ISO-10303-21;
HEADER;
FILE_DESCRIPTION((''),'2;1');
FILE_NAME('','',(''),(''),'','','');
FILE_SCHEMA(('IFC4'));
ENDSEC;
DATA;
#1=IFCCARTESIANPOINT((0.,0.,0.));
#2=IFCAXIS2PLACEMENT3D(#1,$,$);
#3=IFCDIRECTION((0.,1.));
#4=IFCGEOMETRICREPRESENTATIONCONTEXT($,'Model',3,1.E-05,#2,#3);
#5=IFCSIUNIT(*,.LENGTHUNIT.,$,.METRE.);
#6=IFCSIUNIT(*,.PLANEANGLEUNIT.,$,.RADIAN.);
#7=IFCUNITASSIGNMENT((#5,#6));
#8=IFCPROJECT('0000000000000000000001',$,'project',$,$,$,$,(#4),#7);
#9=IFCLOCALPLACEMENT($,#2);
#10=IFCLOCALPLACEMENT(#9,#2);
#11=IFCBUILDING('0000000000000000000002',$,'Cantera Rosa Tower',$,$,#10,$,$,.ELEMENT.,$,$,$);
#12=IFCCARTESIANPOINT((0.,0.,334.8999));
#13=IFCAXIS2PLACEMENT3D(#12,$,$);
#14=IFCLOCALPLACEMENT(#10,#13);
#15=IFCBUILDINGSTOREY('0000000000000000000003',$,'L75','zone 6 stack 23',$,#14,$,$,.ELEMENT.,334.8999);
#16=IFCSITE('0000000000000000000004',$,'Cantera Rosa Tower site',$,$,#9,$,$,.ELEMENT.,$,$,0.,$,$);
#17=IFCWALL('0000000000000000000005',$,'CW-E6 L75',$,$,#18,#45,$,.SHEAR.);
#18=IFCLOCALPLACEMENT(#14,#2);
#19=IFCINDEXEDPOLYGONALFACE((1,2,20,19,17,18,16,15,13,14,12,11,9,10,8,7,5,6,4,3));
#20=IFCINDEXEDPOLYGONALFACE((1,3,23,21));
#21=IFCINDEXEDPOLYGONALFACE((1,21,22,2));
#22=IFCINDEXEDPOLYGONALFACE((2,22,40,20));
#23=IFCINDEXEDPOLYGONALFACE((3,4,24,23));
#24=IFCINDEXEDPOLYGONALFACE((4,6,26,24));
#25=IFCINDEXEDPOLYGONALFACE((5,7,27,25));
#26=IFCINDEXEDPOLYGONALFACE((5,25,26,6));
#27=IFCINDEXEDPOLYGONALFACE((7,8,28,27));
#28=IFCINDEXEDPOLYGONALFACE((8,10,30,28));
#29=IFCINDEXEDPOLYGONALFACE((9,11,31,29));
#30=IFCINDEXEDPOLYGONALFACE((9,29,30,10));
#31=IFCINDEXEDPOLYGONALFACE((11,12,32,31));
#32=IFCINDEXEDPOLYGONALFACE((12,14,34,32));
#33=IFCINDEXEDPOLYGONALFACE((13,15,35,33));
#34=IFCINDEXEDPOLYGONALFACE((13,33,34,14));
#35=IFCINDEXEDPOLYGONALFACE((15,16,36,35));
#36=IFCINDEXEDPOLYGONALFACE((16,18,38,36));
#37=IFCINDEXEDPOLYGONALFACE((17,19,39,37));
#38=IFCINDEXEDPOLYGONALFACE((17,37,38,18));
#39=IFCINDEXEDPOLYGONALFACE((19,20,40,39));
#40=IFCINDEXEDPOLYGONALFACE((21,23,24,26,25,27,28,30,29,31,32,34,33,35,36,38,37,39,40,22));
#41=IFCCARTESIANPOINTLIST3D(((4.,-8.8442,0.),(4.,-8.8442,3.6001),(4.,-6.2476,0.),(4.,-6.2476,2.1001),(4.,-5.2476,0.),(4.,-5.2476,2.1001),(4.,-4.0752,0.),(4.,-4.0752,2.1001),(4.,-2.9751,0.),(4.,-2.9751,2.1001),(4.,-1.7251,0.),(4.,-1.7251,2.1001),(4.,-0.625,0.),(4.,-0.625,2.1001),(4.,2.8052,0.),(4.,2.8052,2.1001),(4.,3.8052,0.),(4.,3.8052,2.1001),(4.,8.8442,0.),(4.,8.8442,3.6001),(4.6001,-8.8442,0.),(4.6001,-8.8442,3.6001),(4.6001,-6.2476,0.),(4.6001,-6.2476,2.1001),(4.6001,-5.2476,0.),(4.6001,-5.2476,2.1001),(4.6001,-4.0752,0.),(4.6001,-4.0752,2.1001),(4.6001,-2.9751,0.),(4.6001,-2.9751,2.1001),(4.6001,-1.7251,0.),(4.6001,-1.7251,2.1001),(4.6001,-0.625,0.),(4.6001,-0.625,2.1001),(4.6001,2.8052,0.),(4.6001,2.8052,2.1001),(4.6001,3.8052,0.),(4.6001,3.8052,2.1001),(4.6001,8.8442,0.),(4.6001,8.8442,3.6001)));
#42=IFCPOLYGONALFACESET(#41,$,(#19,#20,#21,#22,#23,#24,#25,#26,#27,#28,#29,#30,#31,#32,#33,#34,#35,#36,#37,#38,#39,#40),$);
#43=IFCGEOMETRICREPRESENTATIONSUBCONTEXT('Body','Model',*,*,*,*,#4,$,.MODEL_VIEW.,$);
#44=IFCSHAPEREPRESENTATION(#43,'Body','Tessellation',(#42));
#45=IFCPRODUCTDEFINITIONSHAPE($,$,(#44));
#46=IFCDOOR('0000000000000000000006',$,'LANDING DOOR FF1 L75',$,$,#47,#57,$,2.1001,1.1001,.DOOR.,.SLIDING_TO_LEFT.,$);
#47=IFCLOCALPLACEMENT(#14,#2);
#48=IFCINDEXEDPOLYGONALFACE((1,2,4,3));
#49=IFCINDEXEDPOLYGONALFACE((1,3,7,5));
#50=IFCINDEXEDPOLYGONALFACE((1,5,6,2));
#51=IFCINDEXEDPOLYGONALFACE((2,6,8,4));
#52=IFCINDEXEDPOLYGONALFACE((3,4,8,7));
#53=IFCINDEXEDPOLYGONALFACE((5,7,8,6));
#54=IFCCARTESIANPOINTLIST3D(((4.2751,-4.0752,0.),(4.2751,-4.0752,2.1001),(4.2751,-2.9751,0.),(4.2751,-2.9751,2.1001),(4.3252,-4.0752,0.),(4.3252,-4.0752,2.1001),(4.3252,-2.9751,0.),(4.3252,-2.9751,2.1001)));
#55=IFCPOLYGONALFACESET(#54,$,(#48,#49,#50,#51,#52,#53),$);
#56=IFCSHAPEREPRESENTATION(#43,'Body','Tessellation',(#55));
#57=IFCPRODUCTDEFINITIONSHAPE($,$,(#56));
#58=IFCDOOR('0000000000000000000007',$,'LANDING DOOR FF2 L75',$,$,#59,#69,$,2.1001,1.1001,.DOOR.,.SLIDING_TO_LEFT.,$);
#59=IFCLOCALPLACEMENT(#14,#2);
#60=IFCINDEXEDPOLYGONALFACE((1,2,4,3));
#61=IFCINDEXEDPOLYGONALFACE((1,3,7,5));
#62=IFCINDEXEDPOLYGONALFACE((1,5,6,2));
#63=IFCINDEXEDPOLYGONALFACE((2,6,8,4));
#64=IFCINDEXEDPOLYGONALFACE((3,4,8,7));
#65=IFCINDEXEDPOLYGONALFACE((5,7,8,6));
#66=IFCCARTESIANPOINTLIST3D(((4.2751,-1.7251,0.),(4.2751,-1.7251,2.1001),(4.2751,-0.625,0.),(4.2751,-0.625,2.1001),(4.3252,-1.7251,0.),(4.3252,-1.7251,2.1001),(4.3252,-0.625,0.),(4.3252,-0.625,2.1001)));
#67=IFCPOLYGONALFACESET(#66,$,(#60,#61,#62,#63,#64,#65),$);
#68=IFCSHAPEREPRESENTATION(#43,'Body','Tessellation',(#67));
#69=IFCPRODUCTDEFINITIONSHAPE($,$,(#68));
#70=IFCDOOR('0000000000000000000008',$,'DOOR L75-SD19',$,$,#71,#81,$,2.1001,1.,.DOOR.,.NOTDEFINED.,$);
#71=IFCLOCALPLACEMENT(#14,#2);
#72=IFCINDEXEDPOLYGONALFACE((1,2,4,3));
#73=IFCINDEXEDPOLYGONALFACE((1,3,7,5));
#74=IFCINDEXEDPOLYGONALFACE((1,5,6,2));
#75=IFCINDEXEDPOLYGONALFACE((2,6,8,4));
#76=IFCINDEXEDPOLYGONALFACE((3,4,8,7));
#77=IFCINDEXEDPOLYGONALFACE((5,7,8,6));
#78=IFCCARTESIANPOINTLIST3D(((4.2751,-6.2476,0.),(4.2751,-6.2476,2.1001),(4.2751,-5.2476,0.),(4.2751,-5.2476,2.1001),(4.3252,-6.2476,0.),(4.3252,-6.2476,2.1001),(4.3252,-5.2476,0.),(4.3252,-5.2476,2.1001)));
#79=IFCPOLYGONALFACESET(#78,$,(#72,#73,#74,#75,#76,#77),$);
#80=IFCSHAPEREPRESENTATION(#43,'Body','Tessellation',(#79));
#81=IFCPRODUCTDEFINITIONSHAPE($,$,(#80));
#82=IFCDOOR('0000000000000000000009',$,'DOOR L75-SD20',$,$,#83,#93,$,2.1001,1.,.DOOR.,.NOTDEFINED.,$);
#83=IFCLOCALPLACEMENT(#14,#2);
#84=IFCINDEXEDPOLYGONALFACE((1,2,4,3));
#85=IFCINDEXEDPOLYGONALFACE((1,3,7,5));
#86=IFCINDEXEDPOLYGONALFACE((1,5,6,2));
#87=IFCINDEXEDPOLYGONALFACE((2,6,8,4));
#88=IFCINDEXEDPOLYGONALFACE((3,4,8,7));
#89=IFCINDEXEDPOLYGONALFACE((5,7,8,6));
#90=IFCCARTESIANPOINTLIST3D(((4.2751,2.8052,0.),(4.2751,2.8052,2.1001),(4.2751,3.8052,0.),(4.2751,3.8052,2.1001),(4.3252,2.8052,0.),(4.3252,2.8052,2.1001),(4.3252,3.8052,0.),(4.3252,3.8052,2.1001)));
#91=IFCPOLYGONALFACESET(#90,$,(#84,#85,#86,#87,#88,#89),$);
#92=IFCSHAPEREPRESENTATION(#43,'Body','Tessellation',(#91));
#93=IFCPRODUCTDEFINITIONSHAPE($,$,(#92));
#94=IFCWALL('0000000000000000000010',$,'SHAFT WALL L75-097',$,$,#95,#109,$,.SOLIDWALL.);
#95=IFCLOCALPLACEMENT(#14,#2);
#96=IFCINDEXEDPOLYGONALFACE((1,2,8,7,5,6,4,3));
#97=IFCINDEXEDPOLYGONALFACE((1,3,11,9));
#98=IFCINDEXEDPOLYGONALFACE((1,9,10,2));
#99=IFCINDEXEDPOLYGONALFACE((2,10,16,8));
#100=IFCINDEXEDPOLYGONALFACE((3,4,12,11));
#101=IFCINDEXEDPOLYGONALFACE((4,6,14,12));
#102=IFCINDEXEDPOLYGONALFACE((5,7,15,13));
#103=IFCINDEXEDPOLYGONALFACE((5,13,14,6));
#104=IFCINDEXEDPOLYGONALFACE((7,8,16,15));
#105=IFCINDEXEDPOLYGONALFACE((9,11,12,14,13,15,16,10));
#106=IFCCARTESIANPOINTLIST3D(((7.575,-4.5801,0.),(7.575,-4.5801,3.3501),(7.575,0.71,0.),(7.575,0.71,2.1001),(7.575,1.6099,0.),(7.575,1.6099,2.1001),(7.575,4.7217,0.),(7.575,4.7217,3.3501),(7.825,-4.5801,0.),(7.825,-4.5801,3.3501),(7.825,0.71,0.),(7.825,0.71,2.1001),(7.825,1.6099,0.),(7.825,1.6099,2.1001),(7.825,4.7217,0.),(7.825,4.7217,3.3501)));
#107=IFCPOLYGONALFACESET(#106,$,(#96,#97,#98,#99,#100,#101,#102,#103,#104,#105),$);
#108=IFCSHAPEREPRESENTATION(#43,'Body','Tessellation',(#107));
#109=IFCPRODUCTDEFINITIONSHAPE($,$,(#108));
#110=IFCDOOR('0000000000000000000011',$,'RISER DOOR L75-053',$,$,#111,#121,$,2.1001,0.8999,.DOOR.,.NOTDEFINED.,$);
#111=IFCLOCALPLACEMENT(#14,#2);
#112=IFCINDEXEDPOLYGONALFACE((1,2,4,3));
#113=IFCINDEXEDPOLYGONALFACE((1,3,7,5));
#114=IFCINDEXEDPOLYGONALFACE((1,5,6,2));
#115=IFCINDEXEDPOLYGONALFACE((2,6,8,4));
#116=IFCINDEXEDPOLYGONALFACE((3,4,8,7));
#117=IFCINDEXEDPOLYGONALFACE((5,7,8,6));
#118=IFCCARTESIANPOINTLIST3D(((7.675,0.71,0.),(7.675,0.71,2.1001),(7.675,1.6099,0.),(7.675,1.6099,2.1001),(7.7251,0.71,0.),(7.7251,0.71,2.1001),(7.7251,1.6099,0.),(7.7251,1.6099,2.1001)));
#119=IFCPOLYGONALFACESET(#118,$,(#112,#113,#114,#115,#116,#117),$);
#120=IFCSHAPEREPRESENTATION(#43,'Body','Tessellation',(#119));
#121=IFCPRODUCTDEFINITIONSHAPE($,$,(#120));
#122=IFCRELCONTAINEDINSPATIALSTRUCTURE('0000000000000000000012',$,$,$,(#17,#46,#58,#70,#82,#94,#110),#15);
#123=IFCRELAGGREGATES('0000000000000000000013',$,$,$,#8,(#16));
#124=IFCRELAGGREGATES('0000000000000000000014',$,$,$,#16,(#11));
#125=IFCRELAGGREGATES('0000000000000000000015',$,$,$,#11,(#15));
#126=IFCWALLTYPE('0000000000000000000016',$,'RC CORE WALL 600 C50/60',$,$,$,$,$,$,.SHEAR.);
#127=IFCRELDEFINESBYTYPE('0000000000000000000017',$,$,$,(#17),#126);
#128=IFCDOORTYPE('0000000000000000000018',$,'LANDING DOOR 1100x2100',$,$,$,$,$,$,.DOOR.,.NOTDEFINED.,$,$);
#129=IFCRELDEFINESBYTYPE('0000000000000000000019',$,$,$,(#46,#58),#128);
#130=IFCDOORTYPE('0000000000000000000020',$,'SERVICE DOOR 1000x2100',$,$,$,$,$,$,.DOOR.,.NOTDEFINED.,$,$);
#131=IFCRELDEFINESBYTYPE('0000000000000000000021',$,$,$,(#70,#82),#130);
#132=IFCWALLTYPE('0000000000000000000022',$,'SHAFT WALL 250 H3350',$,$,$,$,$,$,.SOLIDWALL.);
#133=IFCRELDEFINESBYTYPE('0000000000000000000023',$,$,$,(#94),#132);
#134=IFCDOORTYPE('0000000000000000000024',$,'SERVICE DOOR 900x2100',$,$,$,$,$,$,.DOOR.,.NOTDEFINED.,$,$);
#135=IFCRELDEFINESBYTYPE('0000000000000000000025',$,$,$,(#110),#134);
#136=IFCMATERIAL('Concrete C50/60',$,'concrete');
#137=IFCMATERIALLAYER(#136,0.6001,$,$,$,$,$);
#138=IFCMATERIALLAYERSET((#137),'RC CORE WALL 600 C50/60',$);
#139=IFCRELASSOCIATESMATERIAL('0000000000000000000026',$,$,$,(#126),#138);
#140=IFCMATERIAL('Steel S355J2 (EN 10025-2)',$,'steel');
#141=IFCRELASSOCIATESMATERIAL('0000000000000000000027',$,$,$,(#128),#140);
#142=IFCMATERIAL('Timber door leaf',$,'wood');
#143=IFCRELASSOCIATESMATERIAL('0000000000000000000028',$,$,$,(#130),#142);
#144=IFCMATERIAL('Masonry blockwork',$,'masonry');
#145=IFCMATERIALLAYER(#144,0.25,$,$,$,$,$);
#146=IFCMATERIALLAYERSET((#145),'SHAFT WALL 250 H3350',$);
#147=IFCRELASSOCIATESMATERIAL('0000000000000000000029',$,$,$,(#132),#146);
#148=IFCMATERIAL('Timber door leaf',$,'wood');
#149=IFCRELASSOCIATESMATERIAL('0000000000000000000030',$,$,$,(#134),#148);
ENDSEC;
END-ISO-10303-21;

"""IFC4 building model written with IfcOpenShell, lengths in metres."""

from ifc_helpers import new_model, si_unit, direction, frame, frame_2d, origin, place, context, subcontext, project, spatial, rectangle, extrude, material, layer, layer_set, type_object, element, fill, save


model = new_model("IFC4")

# Units and contexts
model_context = context("Model", 3, precision=1e-05, world=origin(), true_north=direction((0.0, 1.0)))
body_context = subcontext(model_context, "Body", "Model", "MODEL_VIEW")
ifc_project = project(units=[si_unit("LENGTHUNIT", "METRE"), si_unit("PLANEANGLEUNIT", "RADIAN")], contexts=[model_context])

# Site, building, storey
site_placement = place(None, origin())
site = spatial("IfcSite", under=ifc_project, at=site_placement, Name="Cantera Rosa Tower site", CompositionType="ELEMENT", RefElevation=0.0)
building_placement = place(site_placement, origin())
building = spatial("IfcBuilding", under=site, at=building_placement, Name="Cantera Rosa Tower", CompositionType="ELEMENT")
storey_placement = place(building_placement, frame((0.0, 0.0, 334.8999)))
storey = spatial("IfcBuildingStorey", under=building, at=storey_placement, Name="L75", Description="zone 6 stack 23", CompositionType="ELEMENT", Elevation=334.8999)

# Shared definitions
ifc_material_1 = material(Name="Concrete C50/60", Category="concrete")
ifc_layer_1 = layer(ifc_material_1, 0.6001)
ifc_layer_set_1 = layer_set([ifc_layer_1], Name="RC CORE WALL 600 C50/60")
wall_type_1 = type_object("IfcWallType", Name="RC CORE WALL 600 C50/60", PredefinedType="SHEAR", material=ifc_layer_set_1)

# Wall, openings, doors
wall_1_placement = place(storey_placement, frame((4.3, -8.8442, 0.0), z_axis=(0.0, 0.0, 1.0), x_axis=(0.0, 1.0, 0.0)))
wall_1 = element("IfcWall", 1, at=wall_1_placement, inside=storey, type_object=wall_type_1, Name="CW-E6 L75", PredefinedType="SHEAR", context=body_context, shape_type="SweptSolid", body=[
    extrude(rectangle(XDim=17.6885, YDim=0.6001, at=frame_2d((8.8442, 0.0))), origin(), (0.0, 0.0, 1.0), 3.6001),
])
opening_1_placement = place(wall_1_placement, frame((4.769, 0.0, 0.0)))
opening_1 = element("IfcOpeningElement", 2, at=opening_1_placement, cuts=wall_1, PredefinedType="OPENING", context=body_context, shape_type="SweptSolid", body=[
    extrude(rectangle(XDim=1.1001, YDim=2.1001, at=frame_2d((0.55, 1.05))), frame((0.0, 0.3101, 0.0), z_axis=(0.0, -1.0, 0.0), x_axis=(1.0, 0.0, 0.0)), (0.0, 0.0, 1.0), 0.6201),
])
opening_2_placement = place(wall_1_placement, frame((7.1191, 0.0, 0.0)))
opening_2 = element("IfcOpeningElement", 3, at=opening_2_placement, cuts=wall_1, PredefinedType="OPENING", context=body_context, shape_type="SweptSolid", body=[
    extrude(rectangle(XDim=1.1001, YDim=2.1001, at=frame_2d((0.55, 1.05))), frame((0.0, 0.3101, 0.0), z_axis=(0.0, -1.0, 0.0), x_axis=(1.0, 0.0, 0.0)), (0.0, 0.0, 1.0), 0.6201),
])
opening_3_placement = place(wall_1_placement, frame((2.5967, 0.0, 0.0)))
opening_3 = element("IfcOpeningElement", 4, at=opening_3_placement, cuts=wall_1, PredefinedType="OPENING", context=body_context, shape_type="SweptSolid", body=[
    extrude(rectangle(XDim=1.0, YDim=2.1001, at=frame_2d((0.5, 1.05))), frame((0.0, 0.3101, 0.0), z_axis=(0.0, -1.0, 0.0), x_axis=(1.0, 0.0, 0.0)), (0.0, 0.0, 1.0), 0.6201),
])
opening_4_placement = place(wall_1_placement, frame((11.6494, 0.0, 0.0)))
opening_4 = element("IfcOpeningElement", 5, at=opening_4_placement, cuts=wall_1, PredefinedType="OPENING", context=body_context, shape_type="SweptSolid", body=[
    extrude(rectangle(XDim=1.0, YDim=2.1001, at=frame_2d((0.5, 1.05))), frame((0.0, 0.3101, 0.0), z_axis=(0.0, -1.0, 0.0), x_axis=(1.0, 0.0, 0.0)), (0.0, 0.0, 1.0), 0.6201),
])
ifc_material_2 = material(Name="Steel S355J2 (EN 10025-2)", Category="steel")
door_type_1 = type_object("IfcDoorType", Name="LANDING DOOR 1100x2100", OperationType="NOTDEFINED", PredefinedType="DOOR", material=ifc_material_2)
door_1_placement = place(opening_1_placement, origin())
door_1 = element("IfcDoor", 6, at=door_1_placement, inside=storey, type_object=door_type_1, Name="LANDING DOOR FF1 L75", OperationType="SLIDING_TO_LEFT", OverallHeight=2.1001, OverallWidth=1.1001, PredefinedType="DOOR", context=body_context, shape_type="SweptSolid", body=[
    extrude(rectangle(XDim=1.1001, YDim=2.1001, at=frame_2d((0.55, 1.05))), frame((0.0, 0.0249, 0.0), z_axis=(0.0, -1.0, 0.0), x_axis=(1.0, 0.0, 0.0)), (0.0, 0.0, 1.0), 0.05),
])
fill(opening_1, door_1)
door_2_placement = place(opening_2_placement, origin())
door_2 = element("IfcDoor", 7, at=door_2_placement, inside=storey, type_object=door_type_1, Name="LANDING DOOR FF2 L75", OperationType="SLIDING_TO_LEFT", OverallHeight=2.1001, OverallWidth=1.1001, PredefinedType="DOOR", context=body_context, shape_type="SweptSolid", body=[
    extrude(rectangle(XDim=1.1001, YDim=2.1001, at=frame_2d((0.55, 1.05))), frame((0.0, 0.0249, 0.0), z_axis=(0.0, -1.0, 0.0), x_axis=(1.0, 0.0, 0.0)), (0.0, 0.0, 1.0), 0.05),
])
fill(opening_2, door_2)
ifc_material_3 = material(Name="Timber door leaf", Category="wood")
door_type_2 = type_object("IfcDoorType", Name="SERVICE DOOR 1000x2100", OperationType="NOTDEFINED", PredefinedType="DOOR", material=ifc_material_3)
door_3_placement = place(opening_3_placement, origin())
door_3 = element("IfcDoor", 8, at=door_3_placement, inside=storey, type_object=door_type_2, Name="DOOR L75-SD19", OperationType="NOTDEFINED", OverallHeight=2.1001, OverallWidth=1.0, PredefinedType="DOOR", context=body_context, shape_type="SweptSolid", body=[
    extrude(rectangle(XDim=1.0, YDim=2.1001, at=frame_2d((0.5, 1.05))), frame((0.0, 0.0249, 0.0), z_axis=(0.0, -1.0, 0.0), x_axis=(1.0, 0.0, 0.0)), (0.0, 0.0, 1.0), 0.05),
])
fill(opening_3, door_3)
door_4_placement = place(opening_4_placement, origin())
door_4 = element("IfcDoor", 9, at=door_4_placement, inside=storey, type_object=door_type_2, Name="DOOR L75-SD20", OperationType="NOTDEFINED", OverallHeight=2.1001, OverallWidth=1.0, PredefinedType="DOOR", context=body_context, shape_type="SweptSolid", body=[
    extrude(rectangle(XDim=1.0, YDim=2.1001, at=frame_2d((0.5, 1.05))), frame((0.0, 0.0249, 0.0), z_axis=(0.0, -1.0, 0.0), x_axis=(1.0, 0.0, 0.0)), (0.0, 0.0, 1.0), 0.05),
])
fill(opening_4, door_4)

# Shared definitions
ifc_material_4 = material(Name="Masonry blockwork", Category="masonry")
ifc_layer_2 = layer(ifc_material_4, 0.25)
ifc_layer_set_2 = layer_set([ifc_layer_2], Name="SHAFT WALL 250 H3350")
wall_type_2 = type_object("IfcWallType", Name="SHAFT WALL 250 H3350", PredefinedType="SOLIDWALL", material=ifc_layer_set_2)

# Wall, opening, door
wall_2_placement = place(storey_placement, frame((7.7, -4.5801, 0.0), z_axis=(0.0, 0.0, 1.0), x_axis=(0.0, 1.0, 0.0)))
wall_2 = element("IfcWall", 10, at=wall_2_placement, inside=storey, type_object=wall_type_2, Name="SHAFT WALL L75-097", PredefinedType="SOLIDWALL", context=body_context, shape_type="SweptSolid", body=[
    extrude(rectangle(XDim=9.3018, YDim=0.25, at=frame_2d((4.6509, 0.0))), origin(), (0.0, 0.0, 1.0), 3.3501),
])
opening_5_placement = place(wall_2_placement, frame((5.29, 0.0, 0.0)))
opening_5 = element("IfcOpeningElement", 11, at=opening_5_placement, cuts=wall_2, PredefinedType="OPENING", context=body_context, shape_type="SweptSolid", body=[
    extrude(rectangle(XDim=0.8999, YDim=2.1001, at=frame_2d((0.45, 1.05))), frame((0.0, 0.135, 0.0), z_axis=(0.0, -1.0, 0.0), x_axis=(1.0, 0.0, 0.0)), (0.0, 0.0, 1.0), 0.27),
])
ifc_material_5 = material(Name="Timber door leaf", Category="wood")
door_type_3 = type_object("IfcDoorType", Name="SERVICE DOOR 900x2100", OperationType="NOTDEFINED", PredefinedType="DOOR", material=ifc_material_5)
door_5_placement = place(opening_5_placement, origin())
door_5 = element("IfcDoor", 12, at=door_5_placement, inside=storey, type_object=door_type_3, Name="RISER DOOR L75-053", OperationType="NOTDEFINED", OverallHeight=2.1001, OverallWidth=0.8999, PredefinedType="DOOR", context=body_context, shape_type="SweptSolid", body=[
    extrude(rectangle(XDim=0.8999, YDim=2.1001, at=frame_2d((0.45, 1.05))), frame((0.0, 0.0249, 0.0), z_axis=(0.0, -1.0, 0.0), x_axis=(1.0, 0.0, 0.0)), (0.0, 0.0, 1.0), 0.05),
])
fill(opening_5, door_5)

save(model, "model.ifc")
